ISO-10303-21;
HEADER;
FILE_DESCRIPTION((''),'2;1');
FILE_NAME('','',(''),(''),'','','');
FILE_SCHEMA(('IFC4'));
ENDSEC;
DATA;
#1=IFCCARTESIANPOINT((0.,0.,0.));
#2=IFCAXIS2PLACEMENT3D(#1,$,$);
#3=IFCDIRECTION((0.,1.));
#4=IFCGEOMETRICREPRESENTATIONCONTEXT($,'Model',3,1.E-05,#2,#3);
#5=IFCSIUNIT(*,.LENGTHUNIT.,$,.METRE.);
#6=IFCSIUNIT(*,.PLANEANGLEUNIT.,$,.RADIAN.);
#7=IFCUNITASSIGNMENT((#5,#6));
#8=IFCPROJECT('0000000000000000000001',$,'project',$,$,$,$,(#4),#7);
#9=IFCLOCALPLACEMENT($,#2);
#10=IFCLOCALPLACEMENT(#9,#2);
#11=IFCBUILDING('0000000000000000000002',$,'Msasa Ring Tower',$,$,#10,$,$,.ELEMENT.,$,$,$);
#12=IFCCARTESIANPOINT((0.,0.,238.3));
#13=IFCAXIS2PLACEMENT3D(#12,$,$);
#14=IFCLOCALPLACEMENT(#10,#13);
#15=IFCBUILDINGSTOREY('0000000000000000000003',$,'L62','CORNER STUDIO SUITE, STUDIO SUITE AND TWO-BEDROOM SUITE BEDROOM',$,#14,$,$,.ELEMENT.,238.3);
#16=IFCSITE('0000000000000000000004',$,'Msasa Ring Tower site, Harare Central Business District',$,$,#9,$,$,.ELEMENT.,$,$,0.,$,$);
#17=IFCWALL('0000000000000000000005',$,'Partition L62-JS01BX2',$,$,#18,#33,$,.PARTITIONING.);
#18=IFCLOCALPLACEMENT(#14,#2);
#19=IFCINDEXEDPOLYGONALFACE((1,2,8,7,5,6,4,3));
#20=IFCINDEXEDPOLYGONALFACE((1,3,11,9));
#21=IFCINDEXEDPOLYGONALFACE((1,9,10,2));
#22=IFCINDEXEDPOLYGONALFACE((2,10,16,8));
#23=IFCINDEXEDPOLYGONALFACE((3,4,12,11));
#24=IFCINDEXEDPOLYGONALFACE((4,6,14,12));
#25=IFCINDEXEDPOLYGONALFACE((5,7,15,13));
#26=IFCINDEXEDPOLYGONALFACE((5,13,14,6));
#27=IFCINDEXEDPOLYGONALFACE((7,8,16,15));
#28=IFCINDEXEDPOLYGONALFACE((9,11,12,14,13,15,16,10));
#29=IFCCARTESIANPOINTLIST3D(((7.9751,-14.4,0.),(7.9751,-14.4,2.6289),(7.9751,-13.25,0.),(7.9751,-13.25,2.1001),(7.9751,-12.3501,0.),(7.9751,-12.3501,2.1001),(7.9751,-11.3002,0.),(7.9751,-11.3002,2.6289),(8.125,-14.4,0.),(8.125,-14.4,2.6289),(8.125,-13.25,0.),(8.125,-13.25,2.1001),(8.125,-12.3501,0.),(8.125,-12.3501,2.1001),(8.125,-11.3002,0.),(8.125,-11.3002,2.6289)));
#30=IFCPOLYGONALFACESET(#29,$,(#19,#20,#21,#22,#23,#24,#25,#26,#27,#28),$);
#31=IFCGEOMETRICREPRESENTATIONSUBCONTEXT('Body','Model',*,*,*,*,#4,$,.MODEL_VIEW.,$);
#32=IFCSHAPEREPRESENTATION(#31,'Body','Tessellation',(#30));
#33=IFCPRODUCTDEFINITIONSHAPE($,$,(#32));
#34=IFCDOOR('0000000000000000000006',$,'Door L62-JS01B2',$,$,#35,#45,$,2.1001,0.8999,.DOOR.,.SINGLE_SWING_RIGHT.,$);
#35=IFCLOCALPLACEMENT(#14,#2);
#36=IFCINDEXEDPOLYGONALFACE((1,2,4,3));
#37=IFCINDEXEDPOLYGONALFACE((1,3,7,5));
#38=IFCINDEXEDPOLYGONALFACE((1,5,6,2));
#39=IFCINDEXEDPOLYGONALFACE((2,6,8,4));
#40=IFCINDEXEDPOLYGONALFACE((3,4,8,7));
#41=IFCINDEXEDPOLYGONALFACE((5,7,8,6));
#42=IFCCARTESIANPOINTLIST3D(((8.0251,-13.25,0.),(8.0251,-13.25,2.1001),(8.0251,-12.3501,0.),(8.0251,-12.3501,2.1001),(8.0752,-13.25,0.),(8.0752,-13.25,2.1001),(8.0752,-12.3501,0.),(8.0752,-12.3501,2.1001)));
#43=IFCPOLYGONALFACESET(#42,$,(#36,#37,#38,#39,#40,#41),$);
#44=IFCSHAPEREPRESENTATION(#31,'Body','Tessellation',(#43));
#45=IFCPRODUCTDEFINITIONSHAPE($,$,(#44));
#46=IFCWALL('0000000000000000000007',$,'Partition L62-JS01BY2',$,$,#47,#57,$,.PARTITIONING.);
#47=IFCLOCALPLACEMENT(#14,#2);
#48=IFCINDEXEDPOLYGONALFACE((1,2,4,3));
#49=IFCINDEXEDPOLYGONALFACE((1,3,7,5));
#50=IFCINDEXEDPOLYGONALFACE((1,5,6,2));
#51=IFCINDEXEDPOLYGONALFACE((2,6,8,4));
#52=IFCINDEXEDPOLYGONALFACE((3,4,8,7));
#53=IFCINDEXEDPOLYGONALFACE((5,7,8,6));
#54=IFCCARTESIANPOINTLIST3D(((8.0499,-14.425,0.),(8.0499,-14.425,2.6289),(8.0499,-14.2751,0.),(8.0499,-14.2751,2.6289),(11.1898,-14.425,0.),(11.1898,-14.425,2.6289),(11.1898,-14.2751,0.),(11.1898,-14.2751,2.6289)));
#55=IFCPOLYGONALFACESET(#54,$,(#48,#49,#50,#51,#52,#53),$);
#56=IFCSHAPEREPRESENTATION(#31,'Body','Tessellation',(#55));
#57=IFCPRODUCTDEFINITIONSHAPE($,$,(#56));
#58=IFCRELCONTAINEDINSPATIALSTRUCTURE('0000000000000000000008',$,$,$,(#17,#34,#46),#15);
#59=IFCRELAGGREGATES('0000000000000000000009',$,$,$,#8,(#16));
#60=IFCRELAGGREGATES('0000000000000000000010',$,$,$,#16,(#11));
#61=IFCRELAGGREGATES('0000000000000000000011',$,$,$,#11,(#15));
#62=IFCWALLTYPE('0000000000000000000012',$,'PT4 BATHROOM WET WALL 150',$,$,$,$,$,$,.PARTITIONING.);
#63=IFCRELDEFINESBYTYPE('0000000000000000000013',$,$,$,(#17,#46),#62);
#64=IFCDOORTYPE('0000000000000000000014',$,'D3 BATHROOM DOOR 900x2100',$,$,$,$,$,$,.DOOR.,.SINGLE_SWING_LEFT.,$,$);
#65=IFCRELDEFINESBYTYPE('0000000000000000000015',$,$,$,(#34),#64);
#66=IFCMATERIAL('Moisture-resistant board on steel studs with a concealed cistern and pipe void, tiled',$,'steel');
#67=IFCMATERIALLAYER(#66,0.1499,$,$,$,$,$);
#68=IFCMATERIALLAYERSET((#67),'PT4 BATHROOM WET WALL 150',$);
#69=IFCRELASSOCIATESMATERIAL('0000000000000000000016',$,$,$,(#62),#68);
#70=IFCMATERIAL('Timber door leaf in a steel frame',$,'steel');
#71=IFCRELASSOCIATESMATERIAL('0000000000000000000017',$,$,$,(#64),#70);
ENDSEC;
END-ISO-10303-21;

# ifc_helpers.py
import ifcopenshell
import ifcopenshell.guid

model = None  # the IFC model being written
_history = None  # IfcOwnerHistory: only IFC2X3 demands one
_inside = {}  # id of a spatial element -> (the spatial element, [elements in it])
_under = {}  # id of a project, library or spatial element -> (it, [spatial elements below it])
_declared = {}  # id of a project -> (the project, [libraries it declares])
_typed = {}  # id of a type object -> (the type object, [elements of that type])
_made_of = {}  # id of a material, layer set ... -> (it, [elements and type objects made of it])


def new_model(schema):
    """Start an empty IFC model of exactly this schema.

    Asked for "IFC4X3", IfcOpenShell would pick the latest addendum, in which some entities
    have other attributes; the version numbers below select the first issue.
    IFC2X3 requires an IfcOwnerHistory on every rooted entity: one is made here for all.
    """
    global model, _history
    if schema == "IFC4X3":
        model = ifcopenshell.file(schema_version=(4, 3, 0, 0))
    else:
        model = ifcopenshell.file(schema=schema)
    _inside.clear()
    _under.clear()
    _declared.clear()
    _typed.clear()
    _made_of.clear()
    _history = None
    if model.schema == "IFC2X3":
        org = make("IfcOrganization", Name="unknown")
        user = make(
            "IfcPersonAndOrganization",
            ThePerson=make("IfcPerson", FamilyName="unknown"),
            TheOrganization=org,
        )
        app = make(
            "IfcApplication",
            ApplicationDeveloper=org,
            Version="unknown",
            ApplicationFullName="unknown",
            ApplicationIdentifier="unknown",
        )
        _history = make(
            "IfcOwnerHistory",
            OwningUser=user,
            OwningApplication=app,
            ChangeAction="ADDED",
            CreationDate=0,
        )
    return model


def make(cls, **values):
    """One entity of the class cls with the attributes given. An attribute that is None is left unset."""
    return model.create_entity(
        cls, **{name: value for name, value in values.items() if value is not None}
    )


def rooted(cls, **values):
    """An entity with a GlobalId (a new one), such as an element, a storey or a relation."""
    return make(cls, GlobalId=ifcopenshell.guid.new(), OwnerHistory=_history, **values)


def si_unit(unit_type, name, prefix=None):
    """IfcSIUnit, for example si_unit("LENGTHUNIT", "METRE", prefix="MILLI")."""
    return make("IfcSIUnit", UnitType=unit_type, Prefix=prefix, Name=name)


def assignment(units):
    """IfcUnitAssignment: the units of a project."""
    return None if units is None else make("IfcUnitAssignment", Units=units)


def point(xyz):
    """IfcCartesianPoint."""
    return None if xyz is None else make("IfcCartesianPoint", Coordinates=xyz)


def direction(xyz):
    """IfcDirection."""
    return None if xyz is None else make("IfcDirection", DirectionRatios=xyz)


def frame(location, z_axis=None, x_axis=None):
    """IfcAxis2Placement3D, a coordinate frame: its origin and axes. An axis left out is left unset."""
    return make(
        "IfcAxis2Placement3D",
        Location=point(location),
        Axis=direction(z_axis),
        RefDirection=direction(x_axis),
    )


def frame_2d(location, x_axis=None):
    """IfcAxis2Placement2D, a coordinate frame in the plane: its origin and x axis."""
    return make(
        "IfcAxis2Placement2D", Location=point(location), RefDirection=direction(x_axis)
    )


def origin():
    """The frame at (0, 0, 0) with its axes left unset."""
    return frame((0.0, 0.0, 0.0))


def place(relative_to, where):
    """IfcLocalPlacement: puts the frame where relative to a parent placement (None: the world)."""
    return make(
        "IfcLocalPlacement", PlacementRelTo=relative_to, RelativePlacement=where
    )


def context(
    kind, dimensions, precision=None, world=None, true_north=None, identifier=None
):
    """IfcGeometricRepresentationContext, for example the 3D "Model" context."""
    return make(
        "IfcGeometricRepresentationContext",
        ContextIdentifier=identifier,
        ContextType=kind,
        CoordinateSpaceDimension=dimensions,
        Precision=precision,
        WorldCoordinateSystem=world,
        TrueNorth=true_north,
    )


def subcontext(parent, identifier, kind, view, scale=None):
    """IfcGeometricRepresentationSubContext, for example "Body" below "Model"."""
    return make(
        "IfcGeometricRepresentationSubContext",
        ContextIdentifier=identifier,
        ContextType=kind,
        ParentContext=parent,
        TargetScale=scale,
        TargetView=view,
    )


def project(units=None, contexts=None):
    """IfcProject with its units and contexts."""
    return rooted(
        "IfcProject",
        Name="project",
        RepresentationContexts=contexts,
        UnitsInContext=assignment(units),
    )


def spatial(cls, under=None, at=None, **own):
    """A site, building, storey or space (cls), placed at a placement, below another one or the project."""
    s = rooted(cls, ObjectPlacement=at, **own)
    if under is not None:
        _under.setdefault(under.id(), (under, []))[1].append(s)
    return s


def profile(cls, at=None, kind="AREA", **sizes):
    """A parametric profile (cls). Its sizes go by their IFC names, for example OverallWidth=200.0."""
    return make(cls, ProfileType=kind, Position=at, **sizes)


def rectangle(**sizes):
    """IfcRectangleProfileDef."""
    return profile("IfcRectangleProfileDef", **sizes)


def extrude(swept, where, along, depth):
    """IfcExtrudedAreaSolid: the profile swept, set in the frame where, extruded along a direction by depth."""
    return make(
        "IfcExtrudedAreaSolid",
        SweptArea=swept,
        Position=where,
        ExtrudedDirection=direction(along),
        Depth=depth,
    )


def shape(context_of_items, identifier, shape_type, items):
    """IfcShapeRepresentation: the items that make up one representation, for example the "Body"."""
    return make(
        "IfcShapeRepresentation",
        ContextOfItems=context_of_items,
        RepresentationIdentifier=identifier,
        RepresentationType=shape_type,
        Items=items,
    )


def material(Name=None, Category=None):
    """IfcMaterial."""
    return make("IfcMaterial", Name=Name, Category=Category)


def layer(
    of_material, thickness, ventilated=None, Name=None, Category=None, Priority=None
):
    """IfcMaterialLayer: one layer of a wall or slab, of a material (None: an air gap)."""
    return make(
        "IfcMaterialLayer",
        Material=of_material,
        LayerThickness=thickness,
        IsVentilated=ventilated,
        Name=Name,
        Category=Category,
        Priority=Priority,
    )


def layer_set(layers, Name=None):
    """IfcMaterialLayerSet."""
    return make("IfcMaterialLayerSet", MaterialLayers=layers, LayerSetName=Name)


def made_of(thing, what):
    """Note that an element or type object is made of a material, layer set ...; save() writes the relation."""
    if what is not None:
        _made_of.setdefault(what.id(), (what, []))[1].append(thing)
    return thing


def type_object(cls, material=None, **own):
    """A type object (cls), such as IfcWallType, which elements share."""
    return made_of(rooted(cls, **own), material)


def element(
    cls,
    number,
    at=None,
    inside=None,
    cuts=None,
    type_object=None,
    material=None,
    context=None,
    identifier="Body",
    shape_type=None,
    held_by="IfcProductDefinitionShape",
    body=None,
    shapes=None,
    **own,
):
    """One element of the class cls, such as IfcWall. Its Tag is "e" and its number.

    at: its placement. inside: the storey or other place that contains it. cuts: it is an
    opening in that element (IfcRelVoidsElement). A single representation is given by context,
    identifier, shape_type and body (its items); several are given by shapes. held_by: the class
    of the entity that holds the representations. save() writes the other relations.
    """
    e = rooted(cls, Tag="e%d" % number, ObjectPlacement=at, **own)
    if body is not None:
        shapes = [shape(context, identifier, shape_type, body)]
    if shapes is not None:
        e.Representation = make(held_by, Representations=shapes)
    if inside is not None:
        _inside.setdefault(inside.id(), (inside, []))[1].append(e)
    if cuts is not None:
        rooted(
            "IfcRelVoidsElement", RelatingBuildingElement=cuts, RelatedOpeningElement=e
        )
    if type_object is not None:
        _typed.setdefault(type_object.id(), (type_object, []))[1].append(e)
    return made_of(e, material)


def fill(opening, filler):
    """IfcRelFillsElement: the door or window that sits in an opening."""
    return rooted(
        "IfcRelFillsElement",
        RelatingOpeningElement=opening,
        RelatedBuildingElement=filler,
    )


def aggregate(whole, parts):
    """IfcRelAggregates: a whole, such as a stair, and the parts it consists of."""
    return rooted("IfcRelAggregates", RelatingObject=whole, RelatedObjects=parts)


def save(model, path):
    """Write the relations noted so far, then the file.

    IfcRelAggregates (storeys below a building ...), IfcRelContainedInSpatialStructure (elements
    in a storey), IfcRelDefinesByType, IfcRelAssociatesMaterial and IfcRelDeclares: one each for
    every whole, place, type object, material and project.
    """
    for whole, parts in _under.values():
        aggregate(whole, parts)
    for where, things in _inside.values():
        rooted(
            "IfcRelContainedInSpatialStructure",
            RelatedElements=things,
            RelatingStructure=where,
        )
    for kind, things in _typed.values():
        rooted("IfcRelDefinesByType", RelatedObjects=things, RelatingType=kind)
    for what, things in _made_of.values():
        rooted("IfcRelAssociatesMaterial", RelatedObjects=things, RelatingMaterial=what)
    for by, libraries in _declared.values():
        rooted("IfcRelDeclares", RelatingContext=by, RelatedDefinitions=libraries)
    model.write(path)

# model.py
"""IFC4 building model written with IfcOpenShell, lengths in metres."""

from ifc_helpers import new_model, si_unit, direction, frame, frame_2d, origin, place, context, subcontext, project, spatial, rectangle, extrude, material, layer, layer_set, type_object, element, fill, save


model = new_model("IFC4")

# Units and contexts
model_context = context("Model", 3, precision=1e-05, world=origin(), true_north=direction((0.0, 1.0)))
body_context = subcontext(model_context, "Body", "Model", "MODEL_VIEW")
ifc_project = project(units=[si_unit("LENGTHUNIT", "METRE"), si_unit("PLANEANGLEUNIT", "RADIAN")], contexts=[model_context])

# Site, building, storey
site_placement = place(None, origin())
site = spatial("IfcSite", under=ifc_project, at=site_placement, Name="Msasa Ring Tower site, Harare Central Business District", CompositionType="ELEMENT", RefElevation=0.0)
building_placement = place(site_placement, origin())
building = spatial("IfcBuilding", under=site, at=building_placement, Name="Msasa Ring Tower", CompositionType="ELEMENT")
storey_placement = place(building_placement, frame((0.0, 0.0, 238.3)))
storey = spatial("IfcBuildingStorey", under=building, at=storey_placement, Name="L62", Description="CORNER STUDIO SUITE, STUDIO SUITE AND TWO-BEDROOM SUITE BEDROOM", CompositionType="ELEMENT", Elevation=238.3)

# Shared definitions
ifc_material_1 = material(Name="Moisture-resistant board on steel studs with a concealed cistern and pipe void, tiled", Category="steel")
ifc_layer_1 = layer(ifc_material_1, 0.1499)
ifc_layer_set_1 = layer_set([ifc_layer_1], Name="PT4 BATHROOM WET WALL 150")
wall_type_1 = type_object("IfcWallType", Name="PT4 BATHROOM WET WALL 150", PredefinedType="PARTITIONING", material=ifc_layer_set_1)
ifc_material_2 = material(Name="Timber door leaf in a steel frame", Category="steel")
door_type_1 = type_object("IfcDoorType", Name="D3 BATHROOM DOOR 900x2100", OperationType="SINGLE_SWING_LEFT", PredefinedType="DOOR", material=ifc_material_2)

# Wall, opening, door
wall_1_placement = place(storey_placement, frame((8.05, -14.3999, 0.0), z_axis=(0.0, 0.0, 1.0), x_axis=(0.0, 1.0, 0.0)))
wall_1 = element("IfcWall", 1, at=wall_1_placement, inside=storey, type_object=wall_type_1, Name="Partition L62-JS01BX2", PredefinedType="PARTITIONING", context=body_context, shape_type="SweptSolid", body=[
    extrude(rectangle(XDim=3.0999, YDim=0.1499, at=frame_2d((1.5498, 0.0))), origin(), (0.0, 0.0, 1.0), 2.6289),
])
opening_1_placement = place(wall_1_placement, frame((1.1499, 0.0, 0.0)))
opening_1 = element("IfcOpeningElement", 2, at=opening_1_placement, cuts=wall_1, PredefinedType="OPENING", context=body_context, shape_type="SweptSolid", body=[
    extrude(rectangle(XDim=0.8999, YDim=2.1001, at=frame_2d((0.45, 1.05))), frame((0.0, 0.085, 0.0), z_axis=(0.0, -1.0, 0.0), x_axis=(1.0, 0.0, 0.0)), (0.0, 0.0, 1.0), 0.1699),
])
door_1_placement = place(opening_1_placement, origin())
door_1 = element("IfcDoor", 3, at=door_1_placement, inside=storey, type_object=door_type_1, Name="Door L62-JS01B2", OperationType="SINGLE_SWING_RIGHT", OverallHeight=2.1001, OverallWidth=0.8999, PredefinedType="DOOR", context=body_context, shape_type="SweptSolid", body=[
    extrude(rectangle(XDim=0.8999, YDim=2.1001, at=frame_2d((0.45, 1.05))), frame((0.0, 0.0249, 0.0), z_axis=(0.0, -1.0, 0.0), x_axis=(1.0, 0.0, 0.0)), (0.0, 0.0, 1.0), 0.05),
])
fill(opening_1, door_1)

# Wall
wall_2_placement = place(storey_placement, frame((8.05, -14.3501, 0.0), z_axis=(0.0, 0.0, 1.0), x_axis=(1.0, 0.0, 0.0)))
element("IfcWall", 4, at=wall_2_placement, inside=storey, type_object=wall_type_1, Name="Partition L62-JS01BY2", PredefinedType="PARTITIONING", context=body_context, shape_type="SweptSolid", body=[
    extrude(rectangle(XDim=3.1399, YDim=0.1499, at=frame_2d((1.5698, 0.0))), origin(), (0.0, 0.0, 1.0), 2.6289),
])

save(model, "model.ifc")
